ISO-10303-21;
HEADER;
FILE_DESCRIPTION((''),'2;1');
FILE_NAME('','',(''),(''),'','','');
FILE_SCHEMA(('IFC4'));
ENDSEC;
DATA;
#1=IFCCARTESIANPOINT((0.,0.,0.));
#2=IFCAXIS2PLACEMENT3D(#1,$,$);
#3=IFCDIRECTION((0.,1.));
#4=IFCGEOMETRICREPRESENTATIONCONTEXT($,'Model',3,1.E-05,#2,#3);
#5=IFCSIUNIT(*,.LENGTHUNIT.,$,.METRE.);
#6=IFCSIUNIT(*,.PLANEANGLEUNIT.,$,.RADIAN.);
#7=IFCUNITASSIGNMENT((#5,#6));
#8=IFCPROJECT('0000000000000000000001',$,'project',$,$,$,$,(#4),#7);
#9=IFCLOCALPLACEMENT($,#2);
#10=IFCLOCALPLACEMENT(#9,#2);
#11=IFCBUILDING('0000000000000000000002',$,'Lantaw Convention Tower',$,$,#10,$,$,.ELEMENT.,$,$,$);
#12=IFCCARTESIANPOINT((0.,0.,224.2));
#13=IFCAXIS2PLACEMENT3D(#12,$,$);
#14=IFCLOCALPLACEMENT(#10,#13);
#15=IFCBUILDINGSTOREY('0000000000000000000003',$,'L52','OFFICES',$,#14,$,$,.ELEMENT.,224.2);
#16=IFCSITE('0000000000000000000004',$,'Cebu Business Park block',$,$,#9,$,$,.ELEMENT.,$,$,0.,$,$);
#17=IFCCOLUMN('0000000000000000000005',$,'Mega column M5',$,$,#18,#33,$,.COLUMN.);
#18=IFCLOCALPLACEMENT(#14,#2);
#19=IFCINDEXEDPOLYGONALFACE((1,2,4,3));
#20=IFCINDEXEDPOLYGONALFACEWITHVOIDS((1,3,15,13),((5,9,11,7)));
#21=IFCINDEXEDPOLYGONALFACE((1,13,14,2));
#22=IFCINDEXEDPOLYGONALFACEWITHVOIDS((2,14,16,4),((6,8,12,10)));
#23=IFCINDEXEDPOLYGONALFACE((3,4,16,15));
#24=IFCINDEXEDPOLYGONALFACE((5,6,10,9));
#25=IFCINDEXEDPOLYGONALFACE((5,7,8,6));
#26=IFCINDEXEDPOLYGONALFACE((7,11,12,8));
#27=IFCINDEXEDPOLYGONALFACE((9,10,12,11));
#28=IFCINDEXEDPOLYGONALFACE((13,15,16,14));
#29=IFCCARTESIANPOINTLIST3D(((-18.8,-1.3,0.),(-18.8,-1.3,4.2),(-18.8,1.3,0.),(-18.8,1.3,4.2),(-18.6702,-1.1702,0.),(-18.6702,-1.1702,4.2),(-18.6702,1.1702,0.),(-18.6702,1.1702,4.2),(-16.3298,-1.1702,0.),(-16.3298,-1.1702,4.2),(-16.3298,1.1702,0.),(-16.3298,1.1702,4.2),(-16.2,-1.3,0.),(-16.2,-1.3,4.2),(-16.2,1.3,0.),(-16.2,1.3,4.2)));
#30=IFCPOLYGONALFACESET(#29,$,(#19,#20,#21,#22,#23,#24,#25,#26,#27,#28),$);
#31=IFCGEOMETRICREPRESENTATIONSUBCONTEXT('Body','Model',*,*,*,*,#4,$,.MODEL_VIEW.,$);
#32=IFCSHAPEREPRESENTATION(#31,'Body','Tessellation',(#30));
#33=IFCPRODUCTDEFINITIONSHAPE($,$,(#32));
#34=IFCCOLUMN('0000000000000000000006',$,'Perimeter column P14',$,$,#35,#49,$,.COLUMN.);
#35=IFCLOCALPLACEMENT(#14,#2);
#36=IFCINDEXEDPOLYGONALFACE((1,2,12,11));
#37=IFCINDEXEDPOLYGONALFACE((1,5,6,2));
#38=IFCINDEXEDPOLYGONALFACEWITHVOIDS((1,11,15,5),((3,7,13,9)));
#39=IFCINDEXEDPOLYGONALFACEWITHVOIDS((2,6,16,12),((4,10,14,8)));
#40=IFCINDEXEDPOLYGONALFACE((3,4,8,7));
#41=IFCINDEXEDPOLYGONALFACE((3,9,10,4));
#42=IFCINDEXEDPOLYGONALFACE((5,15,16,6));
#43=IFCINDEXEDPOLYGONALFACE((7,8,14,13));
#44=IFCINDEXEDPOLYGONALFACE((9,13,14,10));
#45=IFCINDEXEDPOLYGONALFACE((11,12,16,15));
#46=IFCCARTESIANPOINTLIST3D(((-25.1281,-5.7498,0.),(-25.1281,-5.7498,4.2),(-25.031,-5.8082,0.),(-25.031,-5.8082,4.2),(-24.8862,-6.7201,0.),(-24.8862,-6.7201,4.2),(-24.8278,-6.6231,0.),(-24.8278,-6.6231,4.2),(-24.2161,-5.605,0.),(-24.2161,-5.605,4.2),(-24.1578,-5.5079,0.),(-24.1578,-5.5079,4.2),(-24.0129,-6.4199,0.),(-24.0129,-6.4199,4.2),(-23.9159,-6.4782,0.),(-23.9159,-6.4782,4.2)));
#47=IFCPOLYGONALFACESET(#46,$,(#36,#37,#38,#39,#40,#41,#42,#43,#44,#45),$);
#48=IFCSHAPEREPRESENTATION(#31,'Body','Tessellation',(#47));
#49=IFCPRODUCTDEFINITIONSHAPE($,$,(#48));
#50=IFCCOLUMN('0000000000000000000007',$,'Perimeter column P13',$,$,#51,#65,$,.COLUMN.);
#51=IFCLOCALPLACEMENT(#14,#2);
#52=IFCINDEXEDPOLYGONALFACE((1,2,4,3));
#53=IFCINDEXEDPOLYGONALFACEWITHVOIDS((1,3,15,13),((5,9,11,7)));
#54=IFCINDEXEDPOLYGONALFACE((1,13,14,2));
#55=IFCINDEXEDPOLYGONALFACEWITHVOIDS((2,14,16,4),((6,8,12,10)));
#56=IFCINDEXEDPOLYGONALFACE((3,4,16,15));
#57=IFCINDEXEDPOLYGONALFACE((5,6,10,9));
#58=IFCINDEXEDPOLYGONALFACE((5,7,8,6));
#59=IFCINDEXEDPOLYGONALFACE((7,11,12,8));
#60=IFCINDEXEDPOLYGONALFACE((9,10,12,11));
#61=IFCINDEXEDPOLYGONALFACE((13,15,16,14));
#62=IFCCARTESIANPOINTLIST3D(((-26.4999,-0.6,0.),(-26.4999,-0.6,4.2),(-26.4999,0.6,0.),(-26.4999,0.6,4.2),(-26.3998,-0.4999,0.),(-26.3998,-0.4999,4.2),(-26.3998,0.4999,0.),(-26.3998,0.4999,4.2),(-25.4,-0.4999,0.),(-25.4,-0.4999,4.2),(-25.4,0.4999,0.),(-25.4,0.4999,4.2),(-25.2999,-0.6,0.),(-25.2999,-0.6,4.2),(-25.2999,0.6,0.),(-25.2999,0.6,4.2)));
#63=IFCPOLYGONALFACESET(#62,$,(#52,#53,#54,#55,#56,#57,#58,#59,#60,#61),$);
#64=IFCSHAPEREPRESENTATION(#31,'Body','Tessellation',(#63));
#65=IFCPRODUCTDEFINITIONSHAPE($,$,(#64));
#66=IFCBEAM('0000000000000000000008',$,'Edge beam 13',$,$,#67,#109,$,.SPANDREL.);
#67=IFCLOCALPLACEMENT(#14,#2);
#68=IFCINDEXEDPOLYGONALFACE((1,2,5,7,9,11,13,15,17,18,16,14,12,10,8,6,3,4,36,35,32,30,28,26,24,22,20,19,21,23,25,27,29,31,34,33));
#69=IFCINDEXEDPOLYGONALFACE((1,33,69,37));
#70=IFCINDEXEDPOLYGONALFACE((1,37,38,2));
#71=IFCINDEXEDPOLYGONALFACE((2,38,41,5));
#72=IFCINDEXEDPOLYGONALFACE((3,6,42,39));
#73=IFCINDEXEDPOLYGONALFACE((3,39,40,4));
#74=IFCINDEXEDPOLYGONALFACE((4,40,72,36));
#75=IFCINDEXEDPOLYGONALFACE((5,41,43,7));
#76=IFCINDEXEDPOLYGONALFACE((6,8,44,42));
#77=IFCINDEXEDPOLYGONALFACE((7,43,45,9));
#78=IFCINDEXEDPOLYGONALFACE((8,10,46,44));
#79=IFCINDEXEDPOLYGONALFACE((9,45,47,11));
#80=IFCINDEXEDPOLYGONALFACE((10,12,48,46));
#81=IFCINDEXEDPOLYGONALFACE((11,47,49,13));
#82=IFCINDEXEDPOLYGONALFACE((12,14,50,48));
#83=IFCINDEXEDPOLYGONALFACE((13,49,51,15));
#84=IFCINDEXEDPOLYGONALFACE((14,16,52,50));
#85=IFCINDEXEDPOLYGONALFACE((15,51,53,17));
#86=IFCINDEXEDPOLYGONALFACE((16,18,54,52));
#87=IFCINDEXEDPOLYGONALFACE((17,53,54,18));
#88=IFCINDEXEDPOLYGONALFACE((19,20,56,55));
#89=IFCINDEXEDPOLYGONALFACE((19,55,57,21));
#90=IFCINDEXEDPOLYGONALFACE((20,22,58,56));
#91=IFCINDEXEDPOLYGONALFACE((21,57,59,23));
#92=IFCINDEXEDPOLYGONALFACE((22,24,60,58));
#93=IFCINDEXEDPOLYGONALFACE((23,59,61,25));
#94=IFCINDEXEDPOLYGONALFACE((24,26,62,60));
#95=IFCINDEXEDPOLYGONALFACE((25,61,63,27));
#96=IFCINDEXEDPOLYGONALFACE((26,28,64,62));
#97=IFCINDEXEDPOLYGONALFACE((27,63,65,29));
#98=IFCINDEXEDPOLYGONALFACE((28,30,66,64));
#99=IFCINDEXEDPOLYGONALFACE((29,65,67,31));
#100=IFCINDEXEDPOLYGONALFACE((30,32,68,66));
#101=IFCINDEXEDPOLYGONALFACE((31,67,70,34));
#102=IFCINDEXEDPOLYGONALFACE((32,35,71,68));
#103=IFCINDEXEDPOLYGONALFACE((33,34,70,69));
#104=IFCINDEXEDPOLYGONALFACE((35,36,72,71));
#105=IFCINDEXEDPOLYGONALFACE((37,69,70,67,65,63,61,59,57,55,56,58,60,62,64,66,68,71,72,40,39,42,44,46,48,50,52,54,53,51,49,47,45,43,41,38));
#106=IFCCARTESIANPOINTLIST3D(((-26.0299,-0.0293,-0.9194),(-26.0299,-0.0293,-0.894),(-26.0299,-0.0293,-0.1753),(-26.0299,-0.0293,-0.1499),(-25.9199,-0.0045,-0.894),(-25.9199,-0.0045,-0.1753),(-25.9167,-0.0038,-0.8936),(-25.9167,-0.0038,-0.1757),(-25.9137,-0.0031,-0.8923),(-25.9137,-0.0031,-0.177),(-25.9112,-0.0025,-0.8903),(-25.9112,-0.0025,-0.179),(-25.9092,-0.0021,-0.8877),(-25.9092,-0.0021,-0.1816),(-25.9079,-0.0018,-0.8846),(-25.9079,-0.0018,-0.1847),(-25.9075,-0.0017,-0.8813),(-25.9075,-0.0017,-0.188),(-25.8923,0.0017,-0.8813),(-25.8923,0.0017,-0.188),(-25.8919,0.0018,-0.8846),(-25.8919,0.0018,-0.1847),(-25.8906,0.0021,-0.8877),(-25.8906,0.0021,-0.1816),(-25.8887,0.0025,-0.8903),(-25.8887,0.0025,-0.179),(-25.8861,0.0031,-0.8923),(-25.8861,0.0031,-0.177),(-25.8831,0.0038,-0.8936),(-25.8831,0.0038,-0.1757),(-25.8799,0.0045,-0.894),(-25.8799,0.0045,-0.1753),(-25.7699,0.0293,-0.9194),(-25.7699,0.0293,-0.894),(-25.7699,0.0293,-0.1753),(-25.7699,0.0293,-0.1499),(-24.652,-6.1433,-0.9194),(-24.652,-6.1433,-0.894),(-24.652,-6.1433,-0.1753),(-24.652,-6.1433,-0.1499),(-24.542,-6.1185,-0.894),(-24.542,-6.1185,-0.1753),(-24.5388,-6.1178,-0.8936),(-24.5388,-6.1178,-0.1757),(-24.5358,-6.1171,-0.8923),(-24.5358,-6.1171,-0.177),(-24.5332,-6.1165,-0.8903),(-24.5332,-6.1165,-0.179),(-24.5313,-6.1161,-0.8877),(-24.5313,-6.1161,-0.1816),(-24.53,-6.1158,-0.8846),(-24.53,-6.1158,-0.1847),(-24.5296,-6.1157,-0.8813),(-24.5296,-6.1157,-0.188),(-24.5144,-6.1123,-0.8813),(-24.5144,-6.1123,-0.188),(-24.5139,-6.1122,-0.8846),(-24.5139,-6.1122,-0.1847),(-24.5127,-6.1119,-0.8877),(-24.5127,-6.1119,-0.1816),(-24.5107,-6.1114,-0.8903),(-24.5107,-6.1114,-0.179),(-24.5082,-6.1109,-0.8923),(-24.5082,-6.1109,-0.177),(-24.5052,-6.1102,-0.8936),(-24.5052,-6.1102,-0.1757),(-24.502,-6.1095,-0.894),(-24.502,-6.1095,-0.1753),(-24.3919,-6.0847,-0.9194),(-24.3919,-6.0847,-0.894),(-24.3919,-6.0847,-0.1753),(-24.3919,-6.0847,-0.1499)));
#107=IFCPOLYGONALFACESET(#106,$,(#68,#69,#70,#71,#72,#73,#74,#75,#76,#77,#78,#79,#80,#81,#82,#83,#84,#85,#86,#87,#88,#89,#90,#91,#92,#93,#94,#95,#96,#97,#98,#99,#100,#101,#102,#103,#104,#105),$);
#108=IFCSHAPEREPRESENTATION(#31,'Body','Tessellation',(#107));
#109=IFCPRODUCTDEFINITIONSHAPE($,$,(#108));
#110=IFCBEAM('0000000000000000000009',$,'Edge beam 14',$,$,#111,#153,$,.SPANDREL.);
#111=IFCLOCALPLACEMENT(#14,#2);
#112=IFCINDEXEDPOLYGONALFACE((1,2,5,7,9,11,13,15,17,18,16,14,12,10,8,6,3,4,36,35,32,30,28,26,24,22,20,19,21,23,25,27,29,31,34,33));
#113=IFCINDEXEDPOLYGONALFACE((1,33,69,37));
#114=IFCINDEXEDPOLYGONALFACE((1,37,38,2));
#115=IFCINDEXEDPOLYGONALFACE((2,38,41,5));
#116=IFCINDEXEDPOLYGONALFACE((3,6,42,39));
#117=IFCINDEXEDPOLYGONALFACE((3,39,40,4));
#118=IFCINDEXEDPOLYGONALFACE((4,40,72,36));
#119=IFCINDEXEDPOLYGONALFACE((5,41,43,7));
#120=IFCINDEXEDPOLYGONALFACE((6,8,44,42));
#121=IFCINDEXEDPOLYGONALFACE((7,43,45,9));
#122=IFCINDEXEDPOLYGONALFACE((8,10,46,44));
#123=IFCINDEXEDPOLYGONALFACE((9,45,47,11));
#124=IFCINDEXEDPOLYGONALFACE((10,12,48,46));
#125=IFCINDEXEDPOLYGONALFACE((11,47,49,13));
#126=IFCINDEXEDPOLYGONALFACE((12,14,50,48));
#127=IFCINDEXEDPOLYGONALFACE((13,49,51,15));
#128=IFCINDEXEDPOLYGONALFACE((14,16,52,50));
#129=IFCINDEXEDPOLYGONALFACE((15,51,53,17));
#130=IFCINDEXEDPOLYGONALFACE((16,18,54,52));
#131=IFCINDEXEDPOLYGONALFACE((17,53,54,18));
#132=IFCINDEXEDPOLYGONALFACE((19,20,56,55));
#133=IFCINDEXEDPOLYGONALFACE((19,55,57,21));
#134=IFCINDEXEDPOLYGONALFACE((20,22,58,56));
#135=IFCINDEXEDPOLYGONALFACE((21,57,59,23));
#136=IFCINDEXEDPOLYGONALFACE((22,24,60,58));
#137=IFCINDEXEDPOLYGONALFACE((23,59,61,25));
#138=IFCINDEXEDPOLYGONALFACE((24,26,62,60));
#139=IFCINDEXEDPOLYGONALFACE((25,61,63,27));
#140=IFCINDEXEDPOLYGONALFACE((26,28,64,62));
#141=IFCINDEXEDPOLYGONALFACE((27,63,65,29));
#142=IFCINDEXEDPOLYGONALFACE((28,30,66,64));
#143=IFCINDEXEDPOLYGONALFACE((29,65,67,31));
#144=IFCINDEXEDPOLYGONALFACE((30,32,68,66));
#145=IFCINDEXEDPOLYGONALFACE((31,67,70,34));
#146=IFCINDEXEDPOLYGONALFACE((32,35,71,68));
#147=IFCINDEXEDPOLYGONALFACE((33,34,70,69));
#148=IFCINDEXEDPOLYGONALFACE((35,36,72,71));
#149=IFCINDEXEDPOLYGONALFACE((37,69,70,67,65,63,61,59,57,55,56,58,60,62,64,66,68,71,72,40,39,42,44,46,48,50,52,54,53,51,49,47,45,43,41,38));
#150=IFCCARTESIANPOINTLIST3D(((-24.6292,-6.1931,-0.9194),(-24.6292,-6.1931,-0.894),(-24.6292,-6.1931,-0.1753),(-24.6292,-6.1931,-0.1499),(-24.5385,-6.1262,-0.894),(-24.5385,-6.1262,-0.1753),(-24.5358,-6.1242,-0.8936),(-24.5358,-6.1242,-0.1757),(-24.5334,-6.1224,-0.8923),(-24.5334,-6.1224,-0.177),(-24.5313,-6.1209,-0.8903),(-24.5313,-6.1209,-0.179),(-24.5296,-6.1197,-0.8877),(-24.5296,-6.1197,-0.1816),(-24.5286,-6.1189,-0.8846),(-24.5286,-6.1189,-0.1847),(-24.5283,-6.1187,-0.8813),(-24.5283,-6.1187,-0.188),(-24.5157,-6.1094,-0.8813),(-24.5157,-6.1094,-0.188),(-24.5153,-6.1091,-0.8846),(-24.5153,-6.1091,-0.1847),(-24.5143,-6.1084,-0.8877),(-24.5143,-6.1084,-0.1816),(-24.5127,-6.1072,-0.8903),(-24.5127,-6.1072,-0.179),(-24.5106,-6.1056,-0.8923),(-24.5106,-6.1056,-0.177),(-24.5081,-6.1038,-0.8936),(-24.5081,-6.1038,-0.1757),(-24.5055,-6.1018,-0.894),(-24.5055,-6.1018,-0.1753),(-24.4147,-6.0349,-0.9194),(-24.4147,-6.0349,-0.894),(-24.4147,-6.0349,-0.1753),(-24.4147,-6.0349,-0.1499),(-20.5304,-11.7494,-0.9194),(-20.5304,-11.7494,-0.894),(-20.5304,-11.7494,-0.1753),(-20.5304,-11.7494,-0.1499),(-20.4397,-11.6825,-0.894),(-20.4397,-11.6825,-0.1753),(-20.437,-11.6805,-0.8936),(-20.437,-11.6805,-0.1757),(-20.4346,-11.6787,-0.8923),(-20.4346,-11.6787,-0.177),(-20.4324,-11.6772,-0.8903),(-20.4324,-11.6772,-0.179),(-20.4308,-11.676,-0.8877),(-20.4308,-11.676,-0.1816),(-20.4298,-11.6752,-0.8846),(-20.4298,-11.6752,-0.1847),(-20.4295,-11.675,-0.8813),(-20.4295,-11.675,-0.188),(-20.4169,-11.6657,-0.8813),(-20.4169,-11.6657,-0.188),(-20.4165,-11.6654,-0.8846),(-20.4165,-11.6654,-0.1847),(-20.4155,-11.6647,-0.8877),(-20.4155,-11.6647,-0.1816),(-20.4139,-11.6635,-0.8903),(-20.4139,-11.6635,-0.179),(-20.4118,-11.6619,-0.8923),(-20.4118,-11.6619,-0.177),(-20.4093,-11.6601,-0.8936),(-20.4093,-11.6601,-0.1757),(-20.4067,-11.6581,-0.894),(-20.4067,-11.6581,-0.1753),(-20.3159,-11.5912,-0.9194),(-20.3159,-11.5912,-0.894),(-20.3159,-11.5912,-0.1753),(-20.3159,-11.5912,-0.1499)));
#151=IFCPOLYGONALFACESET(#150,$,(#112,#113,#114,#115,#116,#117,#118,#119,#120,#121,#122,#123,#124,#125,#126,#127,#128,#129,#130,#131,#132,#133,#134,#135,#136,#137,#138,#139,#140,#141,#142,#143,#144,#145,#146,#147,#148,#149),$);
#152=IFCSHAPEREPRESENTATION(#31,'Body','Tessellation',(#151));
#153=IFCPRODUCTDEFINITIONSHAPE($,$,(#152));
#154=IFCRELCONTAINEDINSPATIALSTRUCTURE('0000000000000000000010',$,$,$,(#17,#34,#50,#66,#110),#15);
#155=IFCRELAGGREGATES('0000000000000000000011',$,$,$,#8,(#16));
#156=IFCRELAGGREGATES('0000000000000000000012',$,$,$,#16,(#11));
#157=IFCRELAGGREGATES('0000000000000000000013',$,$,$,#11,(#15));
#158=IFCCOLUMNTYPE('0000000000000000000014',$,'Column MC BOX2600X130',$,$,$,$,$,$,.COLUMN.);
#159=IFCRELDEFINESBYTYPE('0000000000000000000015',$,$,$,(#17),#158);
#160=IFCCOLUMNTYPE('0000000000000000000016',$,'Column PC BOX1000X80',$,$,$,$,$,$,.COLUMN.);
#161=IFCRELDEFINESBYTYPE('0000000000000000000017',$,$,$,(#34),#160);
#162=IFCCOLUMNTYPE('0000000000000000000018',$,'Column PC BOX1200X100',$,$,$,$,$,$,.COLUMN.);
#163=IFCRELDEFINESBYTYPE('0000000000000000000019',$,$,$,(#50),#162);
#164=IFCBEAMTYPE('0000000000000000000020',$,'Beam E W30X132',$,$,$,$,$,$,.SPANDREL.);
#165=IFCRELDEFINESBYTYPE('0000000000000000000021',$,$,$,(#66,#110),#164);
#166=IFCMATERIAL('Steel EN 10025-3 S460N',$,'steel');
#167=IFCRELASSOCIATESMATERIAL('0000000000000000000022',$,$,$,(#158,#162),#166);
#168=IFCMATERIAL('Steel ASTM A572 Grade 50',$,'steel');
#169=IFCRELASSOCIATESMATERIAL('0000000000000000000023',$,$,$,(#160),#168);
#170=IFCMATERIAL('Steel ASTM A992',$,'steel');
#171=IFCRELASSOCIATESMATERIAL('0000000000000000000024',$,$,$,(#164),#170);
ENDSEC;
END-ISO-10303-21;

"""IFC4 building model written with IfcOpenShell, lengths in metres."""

from ifc_helpers import new_model, si_unit, direction, frame, origin, origin_2d, place, context, subcontext, project, spatial, rectangle, hollow_rectangle, i_section, extrude, material, material_profile, profile_set, type_object, element, save


model = new_model("IFC4")

# Units and contexts
model_context = context("Model", 3, precision=1e-05, world=origin(), true_north=direction((0.0, 1.0)))
body_context = subcontext(model_context, "Body", "Model", "MODEL_VIEW")
ifc_project = project(units=[si_unit("LENGTHUNIT", "METRE"), si_unit("PLANEANGLEUNIT", "RADIAN")], contexts=[model_context])

# Site, building, storey
site_placement = place(None, origin())
site = spatial("IfcSite", under=ifc_project, at=site_placement, Name="Cebu Business Park block", CompositionType="ELEMENT", RefElevation=0.0)
building_placement = place(site_placement, origin())
building = spatial("IfcBuilding", under=site, at=building_placement, Name="Lantaw Convention Tower", CompositionType="ELEMENT")
storey_placement = place(building_placement, frame((0.0, 0.0, 224.2)))
storey = spatial("IfcBuildingStorey", under=building, at=storey_placement, Name="L52", Description="OFFICES", CompositionType="ELEMENT", Elevation=224.2)

# Columns
ifc_material_1 = material(Name="Steel EN 10025-3 S460N", Category="steel")
ifc_material_profile_1 = material_profile(ifc_material_1, hollow_rectangle(XDim=2.6001, YDim=2.6001, WallThickness=0.1299, at=origin_2d()), Name="BOX2600X130")
ifc_material_2 = material(Name="Concrete C60/75", Category="concrete")
ifc_material_profile_2 = material_profile(ifc_material_2, rectangle(XDim=2.3401, YDim=2.3401, at=origin_2d()), Name="Concrete fill of BOX2600X130")
ifc_profile_set_1 = profile_set([ifc_material_profile_1, ifc_material_profile_2], Name="Steel EN 10025-3 S460N")
column_type_1 = type_object("IfcColumnType", Name="Column MC BOX2600X130", PredefinedType="COLUMN", material=ifc_profile_set_1)
column_1_placement = place(storey_placement, frame((-17.5, 0.0, 0.0), z_axis=(0.0, 0.0, 1.0), x_axis=(1.0, 0.0, 0.0)))
element("IfcColumn", 1, at=column_1_placement, inside=storey, type_object=column_type_1, Name="Mega column M5", PredefinedType="COLUMN", context=body_context, shape_type="SweptSolid", body=[
    extrude(hollow_rectangle(XDim=2.6001, YDim=2.6001, WallThickness=0.1299, at=origin_2d()), origin(), (0.0, 0.0, 1.0), 4.2),
])
ifc_material_3 = material(Name="Steel ASTM A572 Grade 50", Category="steel")
ifc_material_profile_3 = material_profile(ifc_material_3, hollow_rectangle(XDim=1.0, YDim=1.0, WallThickness=0.0801, at=origin_2d()), Name="BOX1000X80")
ifc_material_profile_4 = material_profile(ifc_material_2, rectangle(XDim=0.8401, YDim=0.8401, at=origin_2d()), Name="Concrete fill of BOX1000X80")
ifc_profile_set_2 = profile_set([ifc_material_profile_3, ifc_material_profile_4], Name="Steel ASTM A572 Grade 50")
column_type_2 = type_object("IfcColumnType", Name="Column PC BOX1000X80", PredefinedType="COLUMN", material=ifc_profile_set_2)
column_2_placement = place(storey_placement, frame((-24.522, -6.114, 0.0), z_axis=(0.0, 0.0, 1.0), x_axis=(0.970296, 0.241922, 0.0)))
element("IfcColumn", 2, at=column_2_placement, inside=storey, type_object=column_type_2, Name="Perimeter column P14", PredefinedType="COLUMN", context=body_context, shape_type="SweptSolid", body=[
    extrude(hollow_rectangle(XDim=1.0, YDim=1.0, WallThickness=0.0801, at=origin_2d()), origin(), (0.0, 0.0, 1.0), 4.2),
])
ifc_material_profile_5 = material_profile(ifc_material_1, hollow_rectangle(XDim=1.2, YDim=1.2, WallThickness=0.1001, at=origin_2d()), Name="BOX1200X100")
ifc_material_profile_6 = material_profile(ifc_material_2, rectangle(XDim=1.0, YDim=1.0, at=origin_2d()), Name="Concrete fill of BOX1200X100")
ifc_profile_set_3 = profile_set([ifc_material_profile_5, ifc_material_profile_6], Name="Steel EN 10025-3 S460N")
column_type_3 = type_object("IfcColumnType", Name="Column PC BOX1200X100", PredefinedType="COLUMN", material=ifc_profile_set_3)
column_3_placement = place(storey_placement, frame((-25.8999, 0.0, 0.0), z_axis=(0.0, 0.0, 1.0), x_axis=(1.0, 0.0, 0.0)))
element("IfcColumn", 3, at=column_3_placement, inside=storey, type_object=column_type_3, Name="Perimeter column P13", PredefinedType="COLUMN", context=body_context, shape_type="SweptSolid", body=[
    extrude(hollow_rectangle(XDim=1.2, YDim=1.2, WallThickness=0.1001, at=origin_2d()), origin(), (0.0, 0.0, 1.0), 4.2),
])

# Beams
ifc_material_4 = material(Name="Steel ASTM A992", Category="steel")
ifc_material_profile_7 = material_profile(ifc_material_4, i_section(OverallWidth=0.2666, OverallDepth=0.7695, WebThickness=0.0156, FlangeThickness=0.0254, FilletRadius=0.0127, at=origin_2d()), Name="W30X132")
ifc_profile_set_4 = profile_set([ifc_material_profile_7], Name="Steel ASTM A992")
beam_type_1 = type_object("IfcBeamType", Name="Beam E W30X132", PredefinedType="SPANDREL", material=ifc_profile_set_4)
beam_1_placement = place(storey_placement, frame((-25.8999, 0.0, -0.5347), z_axis=(0.219858, -0.975532, 0.0), x_axis=(0.975532, 0.219858, 0.0)))
element("IfcBeam", 4, at=beam_1_placement, inside=storey, type_object=beam_type_1, Name="Edge beam 13", PredefinedType="SPANDREL", context=body_context, shape_type="SweptSolid", body=[
    extrude(i_section(OverallWidth=0.2666, OverallDepth=0.7695, WebThickness=0.0156, FlangeThickness=0.0254, FilletRadius=0.0127, at=origin_2d()), origin(), (0.0, 0.0, 1.0), 6.2673),
])
beam_2_placement = place(storey_placement, frame((-24.522, -6.114, -0.5347), z_axis=(0.593639, -0.804731, 0.0), x_axis=(0.804731, 0.593639, 0.0)))
element("IfcBeam", 5, at=beam_2_placement, inside=storey, type_object=beam_type_1, Name="Edge beam 14", PredefinedType="SPANDREL", context=body_context, shape_type="SweptSolid", body=[
    extrude(i_section(OverallWidth=0.2666, OverallDepth=0.7695, WebThickness=0.0156, FlangeThickness=0.0254, FilletRadius=0.0127, at=origin_2d()), origin(), (0.0, 0.0, 1.0), 6.9045),
])

save(model, "model.ifc")
